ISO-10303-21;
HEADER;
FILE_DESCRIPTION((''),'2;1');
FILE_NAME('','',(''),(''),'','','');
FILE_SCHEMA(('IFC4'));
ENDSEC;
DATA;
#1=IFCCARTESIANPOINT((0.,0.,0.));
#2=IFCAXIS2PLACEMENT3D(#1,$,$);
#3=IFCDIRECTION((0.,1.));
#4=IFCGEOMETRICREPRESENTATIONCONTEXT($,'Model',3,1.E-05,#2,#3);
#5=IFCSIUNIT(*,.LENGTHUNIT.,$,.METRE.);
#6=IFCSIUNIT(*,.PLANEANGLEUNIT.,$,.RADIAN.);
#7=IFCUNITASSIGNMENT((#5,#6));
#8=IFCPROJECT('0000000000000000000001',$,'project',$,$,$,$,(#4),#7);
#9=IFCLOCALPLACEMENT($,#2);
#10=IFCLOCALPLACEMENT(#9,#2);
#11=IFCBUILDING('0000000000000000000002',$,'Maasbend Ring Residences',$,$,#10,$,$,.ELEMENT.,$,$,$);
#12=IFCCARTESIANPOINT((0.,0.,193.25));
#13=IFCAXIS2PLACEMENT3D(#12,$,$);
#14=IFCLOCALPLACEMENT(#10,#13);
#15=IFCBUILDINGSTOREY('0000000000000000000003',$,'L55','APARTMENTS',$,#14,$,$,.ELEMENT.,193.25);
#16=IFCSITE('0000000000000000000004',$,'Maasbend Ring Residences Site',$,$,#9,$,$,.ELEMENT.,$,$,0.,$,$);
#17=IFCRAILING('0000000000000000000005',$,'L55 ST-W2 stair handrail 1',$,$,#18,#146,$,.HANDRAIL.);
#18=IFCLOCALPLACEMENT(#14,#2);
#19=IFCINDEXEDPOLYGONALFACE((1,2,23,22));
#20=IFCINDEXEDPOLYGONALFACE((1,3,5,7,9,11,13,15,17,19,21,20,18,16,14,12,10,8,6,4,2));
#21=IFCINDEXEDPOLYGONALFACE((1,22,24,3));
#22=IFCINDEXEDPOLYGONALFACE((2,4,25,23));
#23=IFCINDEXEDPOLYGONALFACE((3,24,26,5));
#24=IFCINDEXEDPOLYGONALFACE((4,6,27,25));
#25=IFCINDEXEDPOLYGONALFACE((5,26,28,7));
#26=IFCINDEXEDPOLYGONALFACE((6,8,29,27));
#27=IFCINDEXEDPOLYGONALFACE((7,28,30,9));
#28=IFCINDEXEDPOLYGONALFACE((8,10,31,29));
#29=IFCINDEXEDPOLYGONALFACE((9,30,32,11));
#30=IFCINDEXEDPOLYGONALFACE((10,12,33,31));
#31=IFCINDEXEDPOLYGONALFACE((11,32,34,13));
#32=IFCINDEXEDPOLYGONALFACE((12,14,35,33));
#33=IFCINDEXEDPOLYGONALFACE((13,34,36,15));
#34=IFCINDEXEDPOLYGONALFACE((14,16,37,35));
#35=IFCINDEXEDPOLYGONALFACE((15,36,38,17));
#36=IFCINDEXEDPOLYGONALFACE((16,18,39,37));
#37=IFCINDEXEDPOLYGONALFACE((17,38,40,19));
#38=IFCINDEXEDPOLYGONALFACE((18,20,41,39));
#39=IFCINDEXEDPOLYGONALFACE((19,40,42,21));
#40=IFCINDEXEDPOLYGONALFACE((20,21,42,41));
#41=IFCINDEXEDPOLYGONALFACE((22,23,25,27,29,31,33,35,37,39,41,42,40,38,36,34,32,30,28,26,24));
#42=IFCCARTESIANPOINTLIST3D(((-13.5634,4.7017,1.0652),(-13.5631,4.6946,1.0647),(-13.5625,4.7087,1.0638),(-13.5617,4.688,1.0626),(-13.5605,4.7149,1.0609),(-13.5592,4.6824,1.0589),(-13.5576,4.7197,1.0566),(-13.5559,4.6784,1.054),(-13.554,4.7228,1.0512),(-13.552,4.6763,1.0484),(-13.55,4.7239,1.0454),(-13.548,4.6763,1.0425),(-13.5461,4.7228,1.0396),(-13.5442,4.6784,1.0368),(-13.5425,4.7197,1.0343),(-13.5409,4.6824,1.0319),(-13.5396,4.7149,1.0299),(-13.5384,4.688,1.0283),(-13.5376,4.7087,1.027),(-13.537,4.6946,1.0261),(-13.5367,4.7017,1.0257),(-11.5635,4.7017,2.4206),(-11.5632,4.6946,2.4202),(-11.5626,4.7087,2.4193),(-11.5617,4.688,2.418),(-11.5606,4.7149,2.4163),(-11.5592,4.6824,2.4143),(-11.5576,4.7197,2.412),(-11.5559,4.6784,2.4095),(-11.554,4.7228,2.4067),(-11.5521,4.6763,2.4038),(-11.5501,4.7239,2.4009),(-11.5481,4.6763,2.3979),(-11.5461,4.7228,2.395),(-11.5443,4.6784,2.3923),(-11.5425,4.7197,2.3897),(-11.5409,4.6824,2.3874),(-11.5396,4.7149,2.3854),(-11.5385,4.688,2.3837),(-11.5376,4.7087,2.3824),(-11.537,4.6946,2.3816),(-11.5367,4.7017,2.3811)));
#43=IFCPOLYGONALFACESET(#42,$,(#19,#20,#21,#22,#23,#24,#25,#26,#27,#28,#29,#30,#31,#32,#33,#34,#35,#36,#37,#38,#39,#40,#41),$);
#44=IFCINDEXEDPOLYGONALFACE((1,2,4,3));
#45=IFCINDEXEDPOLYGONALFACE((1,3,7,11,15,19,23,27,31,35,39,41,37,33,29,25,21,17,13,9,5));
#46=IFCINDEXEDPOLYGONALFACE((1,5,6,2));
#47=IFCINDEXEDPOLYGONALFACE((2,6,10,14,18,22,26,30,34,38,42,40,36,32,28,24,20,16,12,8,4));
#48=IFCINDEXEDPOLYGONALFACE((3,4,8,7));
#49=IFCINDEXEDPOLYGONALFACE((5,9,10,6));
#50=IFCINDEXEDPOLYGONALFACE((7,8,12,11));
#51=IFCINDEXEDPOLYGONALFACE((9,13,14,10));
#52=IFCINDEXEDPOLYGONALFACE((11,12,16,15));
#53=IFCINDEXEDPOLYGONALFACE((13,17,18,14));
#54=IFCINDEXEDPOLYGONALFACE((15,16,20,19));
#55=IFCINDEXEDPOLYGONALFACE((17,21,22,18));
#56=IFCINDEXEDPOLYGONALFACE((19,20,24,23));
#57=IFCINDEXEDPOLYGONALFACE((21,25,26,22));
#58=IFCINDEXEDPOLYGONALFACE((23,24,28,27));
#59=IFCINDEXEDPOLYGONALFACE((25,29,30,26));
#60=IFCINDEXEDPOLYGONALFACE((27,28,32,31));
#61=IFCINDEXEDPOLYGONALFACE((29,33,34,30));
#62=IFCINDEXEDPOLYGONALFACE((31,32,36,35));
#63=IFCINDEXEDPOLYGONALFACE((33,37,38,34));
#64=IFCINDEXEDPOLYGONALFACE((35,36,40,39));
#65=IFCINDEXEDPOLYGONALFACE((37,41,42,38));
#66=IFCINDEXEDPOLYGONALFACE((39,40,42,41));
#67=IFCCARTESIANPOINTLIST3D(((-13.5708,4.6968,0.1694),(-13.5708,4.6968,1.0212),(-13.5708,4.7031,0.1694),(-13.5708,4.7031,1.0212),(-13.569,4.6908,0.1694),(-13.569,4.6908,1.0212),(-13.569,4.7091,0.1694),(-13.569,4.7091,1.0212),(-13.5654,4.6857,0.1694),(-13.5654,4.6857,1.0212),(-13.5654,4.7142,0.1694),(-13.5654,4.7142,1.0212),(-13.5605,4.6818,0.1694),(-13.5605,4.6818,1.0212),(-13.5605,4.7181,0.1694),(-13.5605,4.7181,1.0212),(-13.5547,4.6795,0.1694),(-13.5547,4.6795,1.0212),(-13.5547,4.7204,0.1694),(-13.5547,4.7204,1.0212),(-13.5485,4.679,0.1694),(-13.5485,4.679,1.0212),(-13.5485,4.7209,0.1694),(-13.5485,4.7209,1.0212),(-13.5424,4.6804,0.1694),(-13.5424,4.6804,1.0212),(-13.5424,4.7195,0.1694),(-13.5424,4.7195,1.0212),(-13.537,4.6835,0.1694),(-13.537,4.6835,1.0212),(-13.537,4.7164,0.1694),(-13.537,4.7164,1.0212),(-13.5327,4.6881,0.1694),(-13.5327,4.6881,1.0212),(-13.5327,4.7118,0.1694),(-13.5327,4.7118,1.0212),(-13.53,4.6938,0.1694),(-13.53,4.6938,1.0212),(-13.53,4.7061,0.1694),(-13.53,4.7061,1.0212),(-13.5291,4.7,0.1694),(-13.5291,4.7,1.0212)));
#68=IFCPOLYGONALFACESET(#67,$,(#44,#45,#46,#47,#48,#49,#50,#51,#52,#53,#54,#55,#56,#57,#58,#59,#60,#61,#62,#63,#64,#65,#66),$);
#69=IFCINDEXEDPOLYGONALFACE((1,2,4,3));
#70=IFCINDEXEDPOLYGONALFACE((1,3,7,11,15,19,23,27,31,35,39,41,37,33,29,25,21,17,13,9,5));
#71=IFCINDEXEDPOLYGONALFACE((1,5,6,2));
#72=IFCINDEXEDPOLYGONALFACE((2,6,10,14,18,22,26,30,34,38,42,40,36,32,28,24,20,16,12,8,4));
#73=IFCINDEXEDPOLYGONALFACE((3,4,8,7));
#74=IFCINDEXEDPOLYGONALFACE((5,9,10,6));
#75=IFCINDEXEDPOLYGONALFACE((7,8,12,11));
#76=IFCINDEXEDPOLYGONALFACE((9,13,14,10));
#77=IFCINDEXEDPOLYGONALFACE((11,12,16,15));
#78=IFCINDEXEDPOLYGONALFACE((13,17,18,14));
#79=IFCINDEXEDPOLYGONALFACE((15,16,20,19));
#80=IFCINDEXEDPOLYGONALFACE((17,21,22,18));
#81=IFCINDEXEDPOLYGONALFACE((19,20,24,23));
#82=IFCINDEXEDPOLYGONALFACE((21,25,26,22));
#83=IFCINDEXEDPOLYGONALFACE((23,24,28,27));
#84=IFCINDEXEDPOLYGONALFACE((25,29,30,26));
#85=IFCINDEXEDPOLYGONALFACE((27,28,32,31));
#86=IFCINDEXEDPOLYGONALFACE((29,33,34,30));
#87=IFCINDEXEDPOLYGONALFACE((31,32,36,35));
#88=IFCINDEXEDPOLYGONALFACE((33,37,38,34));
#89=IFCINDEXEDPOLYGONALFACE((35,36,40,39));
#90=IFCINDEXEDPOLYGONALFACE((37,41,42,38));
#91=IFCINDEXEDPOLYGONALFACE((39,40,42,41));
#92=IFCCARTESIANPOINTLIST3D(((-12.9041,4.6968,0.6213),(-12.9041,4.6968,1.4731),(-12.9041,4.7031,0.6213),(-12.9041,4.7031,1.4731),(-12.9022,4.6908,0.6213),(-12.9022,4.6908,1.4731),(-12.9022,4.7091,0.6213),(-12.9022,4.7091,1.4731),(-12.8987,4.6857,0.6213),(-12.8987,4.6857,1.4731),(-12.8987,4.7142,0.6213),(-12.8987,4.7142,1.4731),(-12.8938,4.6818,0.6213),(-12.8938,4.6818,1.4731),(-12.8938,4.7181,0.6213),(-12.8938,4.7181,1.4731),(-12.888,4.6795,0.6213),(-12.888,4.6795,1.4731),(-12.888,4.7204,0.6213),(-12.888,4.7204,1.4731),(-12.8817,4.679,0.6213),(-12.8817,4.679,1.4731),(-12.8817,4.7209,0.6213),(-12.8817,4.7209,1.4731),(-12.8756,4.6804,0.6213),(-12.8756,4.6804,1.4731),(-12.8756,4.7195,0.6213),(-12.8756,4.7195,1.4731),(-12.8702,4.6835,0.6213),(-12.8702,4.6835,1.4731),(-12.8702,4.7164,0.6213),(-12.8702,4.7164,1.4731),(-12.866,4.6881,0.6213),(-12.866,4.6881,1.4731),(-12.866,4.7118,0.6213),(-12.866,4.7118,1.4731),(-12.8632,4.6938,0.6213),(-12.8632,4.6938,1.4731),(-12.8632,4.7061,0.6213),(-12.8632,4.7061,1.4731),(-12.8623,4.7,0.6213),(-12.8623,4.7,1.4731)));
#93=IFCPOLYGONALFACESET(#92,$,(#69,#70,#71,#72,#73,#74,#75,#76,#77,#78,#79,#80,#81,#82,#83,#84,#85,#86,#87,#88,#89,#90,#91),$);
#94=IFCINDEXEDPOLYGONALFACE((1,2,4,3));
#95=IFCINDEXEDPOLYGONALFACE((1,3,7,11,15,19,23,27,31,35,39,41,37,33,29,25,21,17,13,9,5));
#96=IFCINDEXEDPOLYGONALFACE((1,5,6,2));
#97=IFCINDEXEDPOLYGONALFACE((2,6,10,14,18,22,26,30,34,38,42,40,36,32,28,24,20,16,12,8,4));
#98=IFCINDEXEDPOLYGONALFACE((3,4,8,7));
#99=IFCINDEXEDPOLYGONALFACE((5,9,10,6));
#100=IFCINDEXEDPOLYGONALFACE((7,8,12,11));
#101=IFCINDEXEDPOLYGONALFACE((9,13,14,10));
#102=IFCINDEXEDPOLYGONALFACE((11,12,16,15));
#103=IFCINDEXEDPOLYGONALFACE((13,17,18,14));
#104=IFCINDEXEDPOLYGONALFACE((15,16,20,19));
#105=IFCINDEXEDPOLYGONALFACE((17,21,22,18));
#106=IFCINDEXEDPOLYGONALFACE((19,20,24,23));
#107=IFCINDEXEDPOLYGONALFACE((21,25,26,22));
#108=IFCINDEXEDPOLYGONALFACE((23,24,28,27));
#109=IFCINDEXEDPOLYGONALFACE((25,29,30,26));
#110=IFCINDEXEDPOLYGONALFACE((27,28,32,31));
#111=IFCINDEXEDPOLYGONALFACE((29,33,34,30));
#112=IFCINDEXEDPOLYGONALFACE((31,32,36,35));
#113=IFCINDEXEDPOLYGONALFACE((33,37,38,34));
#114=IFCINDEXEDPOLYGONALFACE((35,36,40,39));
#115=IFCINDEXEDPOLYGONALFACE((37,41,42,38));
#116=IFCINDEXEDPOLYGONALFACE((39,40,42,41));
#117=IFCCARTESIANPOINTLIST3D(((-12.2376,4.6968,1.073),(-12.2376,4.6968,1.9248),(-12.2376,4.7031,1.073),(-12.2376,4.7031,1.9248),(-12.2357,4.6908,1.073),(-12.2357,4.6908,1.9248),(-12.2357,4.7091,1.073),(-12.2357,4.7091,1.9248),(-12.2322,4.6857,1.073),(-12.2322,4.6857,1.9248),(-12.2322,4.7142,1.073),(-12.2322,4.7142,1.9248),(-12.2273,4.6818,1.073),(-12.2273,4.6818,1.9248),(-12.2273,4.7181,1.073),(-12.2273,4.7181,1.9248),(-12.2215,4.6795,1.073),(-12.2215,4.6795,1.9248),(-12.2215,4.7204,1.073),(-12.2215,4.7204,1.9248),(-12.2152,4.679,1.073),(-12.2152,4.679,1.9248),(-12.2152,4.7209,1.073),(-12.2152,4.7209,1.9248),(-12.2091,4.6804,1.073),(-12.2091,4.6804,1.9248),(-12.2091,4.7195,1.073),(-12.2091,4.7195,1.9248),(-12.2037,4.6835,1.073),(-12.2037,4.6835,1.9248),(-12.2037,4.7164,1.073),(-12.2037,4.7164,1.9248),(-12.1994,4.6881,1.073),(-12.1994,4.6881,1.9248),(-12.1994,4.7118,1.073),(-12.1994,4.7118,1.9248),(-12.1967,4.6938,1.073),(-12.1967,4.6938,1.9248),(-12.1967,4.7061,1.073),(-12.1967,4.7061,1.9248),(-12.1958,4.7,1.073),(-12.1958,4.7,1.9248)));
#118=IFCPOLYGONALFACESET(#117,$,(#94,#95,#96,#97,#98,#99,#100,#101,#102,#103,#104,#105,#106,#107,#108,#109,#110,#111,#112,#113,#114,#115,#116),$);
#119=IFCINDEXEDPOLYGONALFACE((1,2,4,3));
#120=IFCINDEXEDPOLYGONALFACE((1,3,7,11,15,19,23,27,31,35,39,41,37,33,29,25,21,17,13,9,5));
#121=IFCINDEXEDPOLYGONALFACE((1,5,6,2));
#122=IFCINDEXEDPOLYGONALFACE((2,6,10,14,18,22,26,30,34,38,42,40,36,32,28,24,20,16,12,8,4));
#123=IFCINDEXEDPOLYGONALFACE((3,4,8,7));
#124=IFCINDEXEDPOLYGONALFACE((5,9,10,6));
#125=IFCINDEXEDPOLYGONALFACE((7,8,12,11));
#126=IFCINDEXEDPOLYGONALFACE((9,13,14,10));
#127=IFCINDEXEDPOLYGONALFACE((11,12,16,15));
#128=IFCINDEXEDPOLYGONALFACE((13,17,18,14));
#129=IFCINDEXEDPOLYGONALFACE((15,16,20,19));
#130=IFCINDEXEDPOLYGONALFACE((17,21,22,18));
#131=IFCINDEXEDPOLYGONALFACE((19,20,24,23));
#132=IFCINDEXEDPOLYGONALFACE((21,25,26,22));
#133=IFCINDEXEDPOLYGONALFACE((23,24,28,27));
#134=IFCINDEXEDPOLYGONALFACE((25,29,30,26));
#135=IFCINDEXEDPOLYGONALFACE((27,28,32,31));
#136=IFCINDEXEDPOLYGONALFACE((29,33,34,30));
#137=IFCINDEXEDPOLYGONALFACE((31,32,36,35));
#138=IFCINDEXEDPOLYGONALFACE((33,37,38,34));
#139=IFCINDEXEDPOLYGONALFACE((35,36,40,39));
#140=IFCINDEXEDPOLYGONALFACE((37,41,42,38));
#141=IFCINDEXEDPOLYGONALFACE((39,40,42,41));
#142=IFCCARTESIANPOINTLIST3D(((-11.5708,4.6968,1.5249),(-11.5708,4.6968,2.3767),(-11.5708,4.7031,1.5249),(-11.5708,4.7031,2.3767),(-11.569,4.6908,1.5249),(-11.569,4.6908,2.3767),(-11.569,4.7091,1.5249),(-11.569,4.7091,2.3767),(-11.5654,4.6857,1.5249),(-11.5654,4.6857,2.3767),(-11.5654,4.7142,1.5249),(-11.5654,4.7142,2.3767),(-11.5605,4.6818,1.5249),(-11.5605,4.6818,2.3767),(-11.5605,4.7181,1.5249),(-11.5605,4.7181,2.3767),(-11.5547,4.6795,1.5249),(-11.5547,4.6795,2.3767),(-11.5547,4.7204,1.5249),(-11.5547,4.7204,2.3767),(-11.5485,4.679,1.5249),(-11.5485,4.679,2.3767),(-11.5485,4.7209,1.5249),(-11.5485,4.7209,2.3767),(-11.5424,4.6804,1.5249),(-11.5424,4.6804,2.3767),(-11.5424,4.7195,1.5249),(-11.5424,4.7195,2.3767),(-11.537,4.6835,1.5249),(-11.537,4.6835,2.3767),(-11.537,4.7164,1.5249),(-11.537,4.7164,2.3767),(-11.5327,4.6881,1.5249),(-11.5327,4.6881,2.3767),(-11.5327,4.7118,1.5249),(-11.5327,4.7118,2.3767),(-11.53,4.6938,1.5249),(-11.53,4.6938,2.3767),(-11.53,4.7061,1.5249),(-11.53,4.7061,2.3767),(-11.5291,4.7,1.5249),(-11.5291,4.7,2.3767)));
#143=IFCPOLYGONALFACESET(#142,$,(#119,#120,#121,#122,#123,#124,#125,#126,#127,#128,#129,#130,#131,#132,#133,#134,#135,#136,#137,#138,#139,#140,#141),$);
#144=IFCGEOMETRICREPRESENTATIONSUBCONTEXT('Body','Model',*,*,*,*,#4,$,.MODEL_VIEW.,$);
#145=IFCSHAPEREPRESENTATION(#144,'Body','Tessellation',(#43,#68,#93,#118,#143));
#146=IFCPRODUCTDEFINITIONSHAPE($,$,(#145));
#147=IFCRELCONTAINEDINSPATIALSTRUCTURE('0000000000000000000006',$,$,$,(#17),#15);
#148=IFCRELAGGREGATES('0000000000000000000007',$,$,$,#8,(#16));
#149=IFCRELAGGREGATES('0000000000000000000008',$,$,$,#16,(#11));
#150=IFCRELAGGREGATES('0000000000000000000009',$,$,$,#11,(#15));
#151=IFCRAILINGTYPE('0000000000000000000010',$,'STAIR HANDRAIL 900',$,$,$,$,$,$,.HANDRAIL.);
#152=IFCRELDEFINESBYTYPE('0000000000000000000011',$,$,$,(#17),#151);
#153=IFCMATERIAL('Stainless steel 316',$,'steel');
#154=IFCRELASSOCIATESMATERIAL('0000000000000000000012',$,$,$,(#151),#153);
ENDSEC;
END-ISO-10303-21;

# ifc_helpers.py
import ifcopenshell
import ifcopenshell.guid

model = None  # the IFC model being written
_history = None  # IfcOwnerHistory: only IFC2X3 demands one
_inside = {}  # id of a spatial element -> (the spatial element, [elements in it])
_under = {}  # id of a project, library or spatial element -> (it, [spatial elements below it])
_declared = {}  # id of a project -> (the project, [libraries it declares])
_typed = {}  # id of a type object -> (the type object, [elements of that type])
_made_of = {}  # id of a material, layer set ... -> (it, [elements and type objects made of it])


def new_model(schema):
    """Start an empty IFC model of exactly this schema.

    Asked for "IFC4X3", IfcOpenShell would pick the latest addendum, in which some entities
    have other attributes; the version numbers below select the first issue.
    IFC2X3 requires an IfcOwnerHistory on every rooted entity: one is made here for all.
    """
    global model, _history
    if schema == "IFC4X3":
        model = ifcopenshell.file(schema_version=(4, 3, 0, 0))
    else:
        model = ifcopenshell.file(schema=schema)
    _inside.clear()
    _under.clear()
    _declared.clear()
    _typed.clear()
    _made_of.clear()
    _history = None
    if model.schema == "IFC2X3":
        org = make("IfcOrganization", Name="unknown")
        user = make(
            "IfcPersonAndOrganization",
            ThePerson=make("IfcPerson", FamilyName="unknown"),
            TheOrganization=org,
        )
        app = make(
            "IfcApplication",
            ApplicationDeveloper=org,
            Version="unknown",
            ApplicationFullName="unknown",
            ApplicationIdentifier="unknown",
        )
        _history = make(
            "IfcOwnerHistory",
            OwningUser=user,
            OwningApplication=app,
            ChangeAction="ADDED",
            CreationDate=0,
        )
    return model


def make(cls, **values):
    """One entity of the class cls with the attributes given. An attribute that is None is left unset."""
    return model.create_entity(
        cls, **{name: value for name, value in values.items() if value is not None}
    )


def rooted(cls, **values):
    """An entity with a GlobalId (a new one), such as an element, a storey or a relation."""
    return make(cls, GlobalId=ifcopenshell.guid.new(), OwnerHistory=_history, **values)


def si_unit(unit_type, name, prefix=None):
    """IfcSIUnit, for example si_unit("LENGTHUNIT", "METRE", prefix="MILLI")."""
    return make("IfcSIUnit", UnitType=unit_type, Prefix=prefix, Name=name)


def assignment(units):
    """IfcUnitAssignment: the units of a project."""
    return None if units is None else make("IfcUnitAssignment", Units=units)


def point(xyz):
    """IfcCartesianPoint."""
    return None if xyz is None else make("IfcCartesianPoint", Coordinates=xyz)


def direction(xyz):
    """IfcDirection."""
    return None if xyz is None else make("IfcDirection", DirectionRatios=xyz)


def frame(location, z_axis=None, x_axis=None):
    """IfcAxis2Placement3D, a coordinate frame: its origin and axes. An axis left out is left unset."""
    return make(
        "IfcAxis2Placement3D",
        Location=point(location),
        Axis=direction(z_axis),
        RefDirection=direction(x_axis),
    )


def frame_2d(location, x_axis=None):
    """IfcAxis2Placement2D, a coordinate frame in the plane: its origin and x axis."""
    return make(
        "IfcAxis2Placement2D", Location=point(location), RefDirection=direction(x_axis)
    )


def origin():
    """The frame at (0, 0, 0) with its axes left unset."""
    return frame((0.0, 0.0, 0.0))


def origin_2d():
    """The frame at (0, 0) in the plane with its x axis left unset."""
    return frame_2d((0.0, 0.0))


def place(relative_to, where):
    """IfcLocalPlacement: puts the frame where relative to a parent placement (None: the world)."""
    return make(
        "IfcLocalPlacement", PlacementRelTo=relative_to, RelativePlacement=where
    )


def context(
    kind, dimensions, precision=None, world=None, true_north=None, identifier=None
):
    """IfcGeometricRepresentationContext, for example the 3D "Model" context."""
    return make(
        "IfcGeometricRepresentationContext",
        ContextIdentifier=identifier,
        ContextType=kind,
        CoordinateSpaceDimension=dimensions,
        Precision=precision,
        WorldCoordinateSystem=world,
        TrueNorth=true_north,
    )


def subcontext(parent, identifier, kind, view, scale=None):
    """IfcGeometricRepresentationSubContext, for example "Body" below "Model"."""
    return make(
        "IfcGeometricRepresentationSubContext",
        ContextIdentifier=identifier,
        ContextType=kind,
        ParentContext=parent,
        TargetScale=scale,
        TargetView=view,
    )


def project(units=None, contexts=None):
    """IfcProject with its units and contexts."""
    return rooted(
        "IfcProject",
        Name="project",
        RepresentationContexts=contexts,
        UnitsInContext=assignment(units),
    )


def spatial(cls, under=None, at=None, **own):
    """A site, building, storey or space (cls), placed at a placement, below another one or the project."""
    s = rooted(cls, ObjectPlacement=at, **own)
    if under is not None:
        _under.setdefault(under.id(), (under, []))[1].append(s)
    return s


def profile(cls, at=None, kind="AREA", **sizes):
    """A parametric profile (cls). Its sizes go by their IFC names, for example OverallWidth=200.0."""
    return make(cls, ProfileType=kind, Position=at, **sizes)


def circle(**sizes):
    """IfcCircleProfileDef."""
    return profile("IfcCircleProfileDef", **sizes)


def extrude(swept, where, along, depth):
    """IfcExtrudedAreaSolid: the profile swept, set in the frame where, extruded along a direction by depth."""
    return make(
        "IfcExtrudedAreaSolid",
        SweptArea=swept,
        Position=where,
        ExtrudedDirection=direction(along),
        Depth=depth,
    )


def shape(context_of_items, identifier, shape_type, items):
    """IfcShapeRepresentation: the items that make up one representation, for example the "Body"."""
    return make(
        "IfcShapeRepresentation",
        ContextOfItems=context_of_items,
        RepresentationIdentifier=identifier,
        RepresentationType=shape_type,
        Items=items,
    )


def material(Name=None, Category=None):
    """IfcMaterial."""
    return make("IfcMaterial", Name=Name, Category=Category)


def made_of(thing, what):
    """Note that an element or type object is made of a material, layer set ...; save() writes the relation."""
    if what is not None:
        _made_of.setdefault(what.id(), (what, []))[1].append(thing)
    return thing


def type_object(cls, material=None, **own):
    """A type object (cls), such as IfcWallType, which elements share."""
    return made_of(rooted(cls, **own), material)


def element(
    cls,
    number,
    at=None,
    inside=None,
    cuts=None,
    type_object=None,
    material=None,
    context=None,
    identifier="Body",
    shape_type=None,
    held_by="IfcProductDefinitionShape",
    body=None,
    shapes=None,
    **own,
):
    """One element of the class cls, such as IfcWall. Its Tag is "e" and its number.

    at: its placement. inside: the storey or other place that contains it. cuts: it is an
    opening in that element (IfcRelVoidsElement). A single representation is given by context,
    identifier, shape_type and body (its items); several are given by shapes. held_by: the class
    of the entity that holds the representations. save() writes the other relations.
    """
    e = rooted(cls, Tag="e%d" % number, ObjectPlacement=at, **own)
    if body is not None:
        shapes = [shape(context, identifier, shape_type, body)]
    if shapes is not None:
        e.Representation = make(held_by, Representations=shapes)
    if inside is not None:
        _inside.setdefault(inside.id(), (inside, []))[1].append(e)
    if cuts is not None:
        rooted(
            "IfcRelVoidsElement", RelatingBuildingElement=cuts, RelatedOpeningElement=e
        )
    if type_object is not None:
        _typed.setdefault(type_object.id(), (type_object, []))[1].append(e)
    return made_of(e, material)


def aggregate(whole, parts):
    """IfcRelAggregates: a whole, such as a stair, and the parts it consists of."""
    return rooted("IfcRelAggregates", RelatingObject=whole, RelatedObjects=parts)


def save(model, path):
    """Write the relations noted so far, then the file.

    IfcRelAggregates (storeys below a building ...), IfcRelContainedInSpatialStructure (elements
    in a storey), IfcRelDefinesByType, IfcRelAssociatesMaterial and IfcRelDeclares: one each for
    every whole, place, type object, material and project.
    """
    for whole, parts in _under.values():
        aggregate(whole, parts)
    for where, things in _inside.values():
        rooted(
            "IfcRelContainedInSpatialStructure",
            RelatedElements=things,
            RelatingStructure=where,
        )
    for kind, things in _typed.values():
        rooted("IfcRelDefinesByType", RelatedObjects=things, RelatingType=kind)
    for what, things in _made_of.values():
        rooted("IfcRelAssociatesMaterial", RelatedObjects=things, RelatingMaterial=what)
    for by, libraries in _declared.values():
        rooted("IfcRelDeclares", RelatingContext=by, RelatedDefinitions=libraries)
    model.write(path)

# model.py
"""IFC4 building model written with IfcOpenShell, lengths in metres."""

from ifc_helpers import new_model, si_unit, direction, frame, origin, origin_2d, place, context, subcontext, project, spatial, circle, extrude, material, type_object, element, save


model = new_model("IFC4")

# Units and contexts
model_context = context("Model", 3, precision=1e-05, world=origin(), true_north=direction((0.0, 1.0)))
body_context = subcontext(model_context, "Body", "Model", "MODEL_VIEW")
ifc_project = project(units=[si_unit("LENGTHUNIT", "METRE"), si_unit("PLANEANGLEUNIT", "RADIAN")], contexts=[model_context])

# Site, building, storey
site_placement = place(None, origin())
site = spatial("IfcSite", under=ifc_project, at=site_placement, Name="Maasbend Ring Residences Site", CompositionType="ELEMENT", RefElevation=0.0)
building_placement = place(site_placement, origin())
building = spatial("IfcBuilding", under=site, at=building_placement, Name="Maasbend Ring Residences", CompositionType="ELEMENT")
storey_placement = place(building_placement, frame((0.0, 0.0, 193.25)))
storey = spatial("IfcBuildingStorey", under=building, at=storey_placement, Name="L55", Description="APARTMENTS", CompositionType="ELEMENT", Elevation=193.25)

# Railing
ifc_material_1 = material(Name="Stainless steel 316", Category="steel")
railing_type_1 = type_object("IfcRailingType", Name="STAIR HANDRAIL 900", PredefinedType="HANDRAIL", material=ifc_material_1)
railing_1_placement = place(storey_placement, frame((-13.55, 4.7, 0.1694)))
element("IfcRailing", 1, at=railing_1_placement, inside=storey, type_object=railing_type_1, Name="L55 ST-W2 stair handrail 1", PredefinedType="HANDRAIL", context=body_context, shape_type="SweptSolid", body=[
    extrude(circle(Radius=0.0239, at=origin_2d()), frame((0.0, 0.0, 0.876), z_axis=(0.827798, 0.0, 0.561027), x_axis=(0.0, 1.0, 0.0)), (0.0, 0.0, 1.0), 2.416),
    extrude(circle(Radius=0.021, at=origin_2d()), origin(), (0.0, 0.0, 1.0), 0.8518),
    extrude(circle(Radius=0.021, at=origin_2d()), frame((0.6667, 0.0, 0.4519)), (0.0, 0.0, 1.0), 0.8518),
    extrude(circle(Radius=0.021, at=origin_2d()), frame((1.3333, 0.0, 0.9036)), (0.0, 0.0, 1.0), 0.8518),
    extrude(circle(Radius=0.021, at=origin_2d()), frame((2.0, 0.0, 1.3555)), (0.0, 0.0, 1.0), 0.8518),
])

save(model, "model.ifc")
